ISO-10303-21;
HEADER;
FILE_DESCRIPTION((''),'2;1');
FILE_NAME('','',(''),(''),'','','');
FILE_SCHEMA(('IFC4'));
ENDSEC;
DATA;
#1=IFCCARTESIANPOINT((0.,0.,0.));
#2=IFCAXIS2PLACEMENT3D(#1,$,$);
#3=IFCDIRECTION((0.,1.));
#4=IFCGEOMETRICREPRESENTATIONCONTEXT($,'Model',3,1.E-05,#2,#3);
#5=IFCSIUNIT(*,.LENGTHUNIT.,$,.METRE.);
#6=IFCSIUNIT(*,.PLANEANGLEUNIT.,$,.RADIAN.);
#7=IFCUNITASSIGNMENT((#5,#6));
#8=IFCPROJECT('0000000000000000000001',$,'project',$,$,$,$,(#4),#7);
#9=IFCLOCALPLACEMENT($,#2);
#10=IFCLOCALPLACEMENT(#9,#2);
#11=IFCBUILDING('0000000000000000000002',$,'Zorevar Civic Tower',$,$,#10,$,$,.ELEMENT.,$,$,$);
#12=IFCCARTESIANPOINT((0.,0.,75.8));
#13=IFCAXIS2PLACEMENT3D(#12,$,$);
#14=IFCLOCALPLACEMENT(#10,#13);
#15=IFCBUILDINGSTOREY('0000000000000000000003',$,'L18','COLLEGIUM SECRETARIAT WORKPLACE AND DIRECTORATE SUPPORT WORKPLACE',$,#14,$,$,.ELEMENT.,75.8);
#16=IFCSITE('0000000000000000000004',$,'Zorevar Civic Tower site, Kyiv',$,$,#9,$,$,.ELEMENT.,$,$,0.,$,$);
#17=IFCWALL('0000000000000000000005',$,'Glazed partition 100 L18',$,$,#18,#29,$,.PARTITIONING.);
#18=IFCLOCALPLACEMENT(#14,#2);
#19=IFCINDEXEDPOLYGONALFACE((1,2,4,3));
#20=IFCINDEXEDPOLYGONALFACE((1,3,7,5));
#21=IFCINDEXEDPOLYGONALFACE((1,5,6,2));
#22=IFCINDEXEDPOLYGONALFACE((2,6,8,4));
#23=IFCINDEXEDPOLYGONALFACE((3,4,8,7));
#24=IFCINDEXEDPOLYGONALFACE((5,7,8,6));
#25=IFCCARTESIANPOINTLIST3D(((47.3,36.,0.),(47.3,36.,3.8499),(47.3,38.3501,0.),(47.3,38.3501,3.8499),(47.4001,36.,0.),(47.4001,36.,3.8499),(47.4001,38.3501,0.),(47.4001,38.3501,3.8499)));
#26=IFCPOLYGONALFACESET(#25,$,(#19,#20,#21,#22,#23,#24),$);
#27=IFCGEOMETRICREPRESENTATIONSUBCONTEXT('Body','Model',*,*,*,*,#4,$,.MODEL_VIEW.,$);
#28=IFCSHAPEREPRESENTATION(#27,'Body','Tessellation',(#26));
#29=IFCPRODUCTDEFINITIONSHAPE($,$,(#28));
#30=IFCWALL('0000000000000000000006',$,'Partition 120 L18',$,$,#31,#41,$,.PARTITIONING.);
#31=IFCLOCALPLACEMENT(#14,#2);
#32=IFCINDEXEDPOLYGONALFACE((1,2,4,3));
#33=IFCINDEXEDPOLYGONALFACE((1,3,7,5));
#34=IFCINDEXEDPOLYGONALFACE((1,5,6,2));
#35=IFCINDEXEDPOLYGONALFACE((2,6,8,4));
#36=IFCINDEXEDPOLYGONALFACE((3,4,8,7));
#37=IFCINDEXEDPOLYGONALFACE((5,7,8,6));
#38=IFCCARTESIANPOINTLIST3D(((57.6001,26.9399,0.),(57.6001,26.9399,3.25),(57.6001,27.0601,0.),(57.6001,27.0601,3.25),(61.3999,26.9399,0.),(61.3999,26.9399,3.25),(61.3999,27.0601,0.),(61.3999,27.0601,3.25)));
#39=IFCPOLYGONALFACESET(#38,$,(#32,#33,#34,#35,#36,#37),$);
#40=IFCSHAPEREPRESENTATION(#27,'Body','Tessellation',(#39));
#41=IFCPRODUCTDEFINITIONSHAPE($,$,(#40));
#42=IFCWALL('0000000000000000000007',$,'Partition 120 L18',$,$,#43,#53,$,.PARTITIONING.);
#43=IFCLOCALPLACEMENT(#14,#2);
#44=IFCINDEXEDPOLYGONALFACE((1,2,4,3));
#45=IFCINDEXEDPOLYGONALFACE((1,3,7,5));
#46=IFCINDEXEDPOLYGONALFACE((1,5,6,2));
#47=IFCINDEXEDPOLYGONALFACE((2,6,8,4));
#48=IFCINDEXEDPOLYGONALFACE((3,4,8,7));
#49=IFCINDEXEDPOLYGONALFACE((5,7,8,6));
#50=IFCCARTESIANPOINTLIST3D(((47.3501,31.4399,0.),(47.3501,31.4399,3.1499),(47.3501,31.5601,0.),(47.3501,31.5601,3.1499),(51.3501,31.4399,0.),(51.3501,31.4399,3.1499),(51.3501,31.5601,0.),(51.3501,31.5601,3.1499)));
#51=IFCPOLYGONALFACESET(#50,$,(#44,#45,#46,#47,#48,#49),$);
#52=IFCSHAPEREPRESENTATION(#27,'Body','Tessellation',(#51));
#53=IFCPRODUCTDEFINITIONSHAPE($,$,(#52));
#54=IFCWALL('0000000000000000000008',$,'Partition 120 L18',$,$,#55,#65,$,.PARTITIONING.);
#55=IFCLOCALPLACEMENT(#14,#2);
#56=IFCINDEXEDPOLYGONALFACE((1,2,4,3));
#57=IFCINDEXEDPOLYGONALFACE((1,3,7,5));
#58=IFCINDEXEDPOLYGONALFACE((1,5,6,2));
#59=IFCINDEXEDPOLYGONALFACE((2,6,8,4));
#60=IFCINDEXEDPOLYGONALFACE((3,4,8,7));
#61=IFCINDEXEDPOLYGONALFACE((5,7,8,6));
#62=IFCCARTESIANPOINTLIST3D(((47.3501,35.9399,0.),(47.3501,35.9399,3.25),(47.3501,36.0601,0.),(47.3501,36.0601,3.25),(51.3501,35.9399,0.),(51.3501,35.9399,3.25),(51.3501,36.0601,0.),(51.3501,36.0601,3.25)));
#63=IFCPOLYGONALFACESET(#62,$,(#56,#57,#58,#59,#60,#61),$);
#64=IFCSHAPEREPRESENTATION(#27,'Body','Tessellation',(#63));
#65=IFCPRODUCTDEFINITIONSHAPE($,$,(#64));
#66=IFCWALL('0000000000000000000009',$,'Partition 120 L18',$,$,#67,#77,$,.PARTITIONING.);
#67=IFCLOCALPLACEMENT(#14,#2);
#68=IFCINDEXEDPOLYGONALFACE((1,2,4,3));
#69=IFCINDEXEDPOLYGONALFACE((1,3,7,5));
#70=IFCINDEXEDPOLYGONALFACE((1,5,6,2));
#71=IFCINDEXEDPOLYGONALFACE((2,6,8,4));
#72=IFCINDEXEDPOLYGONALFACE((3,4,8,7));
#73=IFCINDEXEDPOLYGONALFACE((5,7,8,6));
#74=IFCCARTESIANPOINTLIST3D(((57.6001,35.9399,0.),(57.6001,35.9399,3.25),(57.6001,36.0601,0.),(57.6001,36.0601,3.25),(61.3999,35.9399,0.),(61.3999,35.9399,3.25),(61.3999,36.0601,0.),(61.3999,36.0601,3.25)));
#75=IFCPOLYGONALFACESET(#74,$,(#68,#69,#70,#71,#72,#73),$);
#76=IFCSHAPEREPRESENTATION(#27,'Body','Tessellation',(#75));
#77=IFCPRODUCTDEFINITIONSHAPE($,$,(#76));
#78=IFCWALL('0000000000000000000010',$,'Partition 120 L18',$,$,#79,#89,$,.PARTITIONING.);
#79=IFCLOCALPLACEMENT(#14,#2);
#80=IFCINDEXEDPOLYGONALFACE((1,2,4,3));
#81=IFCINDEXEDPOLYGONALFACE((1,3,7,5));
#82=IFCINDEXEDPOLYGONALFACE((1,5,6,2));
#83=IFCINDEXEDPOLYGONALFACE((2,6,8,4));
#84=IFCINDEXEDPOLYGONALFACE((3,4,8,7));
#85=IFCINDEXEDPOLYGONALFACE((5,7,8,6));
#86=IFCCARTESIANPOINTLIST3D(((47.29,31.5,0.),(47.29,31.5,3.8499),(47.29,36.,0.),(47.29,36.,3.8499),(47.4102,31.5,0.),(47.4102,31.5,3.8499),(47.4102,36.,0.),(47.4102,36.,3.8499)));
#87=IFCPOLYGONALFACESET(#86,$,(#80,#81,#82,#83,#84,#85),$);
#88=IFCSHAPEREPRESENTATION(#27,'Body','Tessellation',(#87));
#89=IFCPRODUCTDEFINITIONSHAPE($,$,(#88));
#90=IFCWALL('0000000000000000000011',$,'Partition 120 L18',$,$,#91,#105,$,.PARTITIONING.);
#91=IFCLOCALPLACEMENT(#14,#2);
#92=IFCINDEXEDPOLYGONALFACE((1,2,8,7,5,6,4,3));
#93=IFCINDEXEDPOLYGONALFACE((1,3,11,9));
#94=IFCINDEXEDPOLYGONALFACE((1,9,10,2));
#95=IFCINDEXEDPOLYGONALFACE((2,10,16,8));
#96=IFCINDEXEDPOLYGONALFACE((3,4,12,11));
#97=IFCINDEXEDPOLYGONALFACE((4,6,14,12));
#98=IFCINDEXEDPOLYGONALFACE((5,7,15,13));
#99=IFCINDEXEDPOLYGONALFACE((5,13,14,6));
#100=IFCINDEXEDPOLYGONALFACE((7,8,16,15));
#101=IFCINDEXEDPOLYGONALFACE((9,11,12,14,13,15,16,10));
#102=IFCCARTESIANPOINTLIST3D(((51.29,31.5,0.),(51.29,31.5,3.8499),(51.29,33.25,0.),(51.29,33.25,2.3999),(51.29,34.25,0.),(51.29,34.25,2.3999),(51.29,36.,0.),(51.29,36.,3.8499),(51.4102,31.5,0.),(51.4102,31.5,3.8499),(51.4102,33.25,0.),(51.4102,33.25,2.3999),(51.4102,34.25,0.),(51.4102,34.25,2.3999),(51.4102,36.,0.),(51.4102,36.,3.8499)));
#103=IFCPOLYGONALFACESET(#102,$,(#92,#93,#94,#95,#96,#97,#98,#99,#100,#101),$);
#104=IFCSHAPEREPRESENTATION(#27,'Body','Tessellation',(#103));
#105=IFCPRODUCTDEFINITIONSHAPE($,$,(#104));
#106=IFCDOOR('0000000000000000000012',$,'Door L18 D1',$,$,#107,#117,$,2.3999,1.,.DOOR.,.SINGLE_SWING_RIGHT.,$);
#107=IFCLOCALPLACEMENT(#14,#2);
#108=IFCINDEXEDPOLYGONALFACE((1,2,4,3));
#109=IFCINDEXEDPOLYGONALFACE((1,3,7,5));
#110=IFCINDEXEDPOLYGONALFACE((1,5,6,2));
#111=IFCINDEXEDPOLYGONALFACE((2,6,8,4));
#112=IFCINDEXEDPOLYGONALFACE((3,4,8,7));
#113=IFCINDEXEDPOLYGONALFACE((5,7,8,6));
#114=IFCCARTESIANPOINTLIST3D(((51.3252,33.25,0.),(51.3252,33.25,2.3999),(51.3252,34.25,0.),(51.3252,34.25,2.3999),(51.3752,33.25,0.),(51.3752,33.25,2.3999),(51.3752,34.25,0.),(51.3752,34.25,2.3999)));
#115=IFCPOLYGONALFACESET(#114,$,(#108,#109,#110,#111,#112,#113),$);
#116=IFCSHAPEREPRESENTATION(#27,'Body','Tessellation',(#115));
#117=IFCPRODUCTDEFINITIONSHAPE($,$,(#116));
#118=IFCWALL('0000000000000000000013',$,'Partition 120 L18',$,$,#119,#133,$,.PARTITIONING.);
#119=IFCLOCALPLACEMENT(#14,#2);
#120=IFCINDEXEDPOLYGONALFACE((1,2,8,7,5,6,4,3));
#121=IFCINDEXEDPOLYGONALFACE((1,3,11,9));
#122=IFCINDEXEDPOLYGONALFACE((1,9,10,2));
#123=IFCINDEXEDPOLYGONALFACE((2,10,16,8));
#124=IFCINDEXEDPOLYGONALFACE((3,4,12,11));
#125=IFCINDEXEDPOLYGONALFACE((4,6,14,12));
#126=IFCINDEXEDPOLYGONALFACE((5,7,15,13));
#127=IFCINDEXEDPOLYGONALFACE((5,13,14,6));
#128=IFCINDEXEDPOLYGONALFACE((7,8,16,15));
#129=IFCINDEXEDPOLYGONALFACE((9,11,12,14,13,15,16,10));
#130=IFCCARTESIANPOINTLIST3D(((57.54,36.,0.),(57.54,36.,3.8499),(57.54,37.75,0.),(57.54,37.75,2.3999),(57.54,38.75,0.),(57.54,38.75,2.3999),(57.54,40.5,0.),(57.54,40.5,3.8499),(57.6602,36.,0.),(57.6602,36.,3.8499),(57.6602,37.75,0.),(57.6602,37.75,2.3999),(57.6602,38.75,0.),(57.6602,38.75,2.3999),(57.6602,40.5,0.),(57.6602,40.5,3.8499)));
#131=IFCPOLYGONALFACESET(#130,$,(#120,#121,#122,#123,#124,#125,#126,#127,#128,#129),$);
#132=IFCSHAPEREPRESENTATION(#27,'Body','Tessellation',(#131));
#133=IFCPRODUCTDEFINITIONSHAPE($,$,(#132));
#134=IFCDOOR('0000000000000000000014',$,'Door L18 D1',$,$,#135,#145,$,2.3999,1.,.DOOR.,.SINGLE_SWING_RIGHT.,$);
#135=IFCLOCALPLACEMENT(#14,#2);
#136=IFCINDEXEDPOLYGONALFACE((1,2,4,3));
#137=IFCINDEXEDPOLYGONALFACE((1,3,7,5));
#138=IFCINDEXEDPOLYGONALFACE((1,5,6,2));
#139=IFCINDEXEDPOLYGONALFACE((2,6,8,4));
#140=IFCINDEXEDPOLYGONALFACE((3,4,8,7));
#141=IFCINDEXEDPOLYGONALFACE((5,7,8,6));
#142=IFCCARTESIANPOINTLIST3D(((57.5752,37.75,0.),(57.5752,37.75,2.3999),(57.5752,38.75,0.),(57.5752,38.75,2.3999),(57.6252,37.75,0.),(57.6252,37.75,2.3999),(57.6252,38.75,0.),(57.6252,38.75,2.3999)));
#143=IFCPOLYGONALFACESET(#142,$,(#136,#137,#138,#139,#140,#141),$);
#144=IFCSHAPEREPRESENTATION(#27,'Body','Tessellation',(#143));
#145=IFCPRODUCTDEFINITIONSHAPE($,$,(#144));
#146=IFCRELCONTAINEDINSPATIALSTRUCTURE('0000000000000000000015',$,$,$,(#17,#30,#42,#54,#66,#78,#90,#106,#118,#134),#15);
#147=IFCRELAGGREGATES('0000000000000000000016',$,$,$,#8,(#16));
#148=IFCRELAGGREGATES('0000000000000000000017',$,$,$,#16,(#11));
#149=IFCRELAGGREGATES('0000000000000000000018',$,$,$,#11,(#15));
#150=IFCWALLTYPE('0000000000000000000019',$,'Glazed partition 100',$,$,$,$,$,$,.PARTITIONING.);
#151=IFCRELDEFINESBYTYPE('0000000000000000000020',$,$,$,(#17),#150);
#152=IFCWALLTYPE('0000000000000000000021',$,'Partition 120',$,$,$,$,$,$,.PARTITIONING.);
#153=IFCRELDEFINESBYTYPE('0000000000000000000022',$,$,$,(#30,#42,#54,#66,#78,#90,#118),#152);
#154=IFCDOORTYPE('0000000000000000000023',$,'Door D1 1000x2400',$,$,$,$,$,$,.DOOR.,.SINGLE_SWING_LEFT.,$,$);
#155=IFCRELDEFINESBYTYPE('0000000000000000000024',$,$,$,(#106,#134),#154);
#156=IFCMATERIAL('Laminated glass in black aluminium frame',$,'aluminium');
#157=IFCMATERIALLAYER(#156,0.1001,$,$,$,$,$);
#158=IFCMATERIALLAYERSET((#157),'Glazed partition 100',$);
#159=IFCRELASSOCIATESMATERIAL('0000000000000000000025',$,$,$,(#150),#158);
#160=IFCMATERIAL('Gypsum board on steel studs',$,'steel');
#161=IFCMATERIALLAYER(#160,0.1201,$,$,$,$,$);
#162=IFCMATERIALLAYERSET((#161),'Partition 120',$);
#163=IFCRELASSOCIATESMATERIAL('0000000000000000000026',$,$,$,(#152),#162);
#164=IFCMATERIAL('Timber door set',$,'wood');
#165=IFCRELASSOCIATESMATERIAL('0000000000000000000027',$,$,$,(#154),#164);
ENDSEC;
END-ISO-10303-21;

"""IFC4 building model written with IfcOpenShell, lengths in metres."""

from ifc_helpers import new_model, si_unit, direction, frame, frame_2d, origin, place, context, subcontext, project, spatial, rectangle, extrude, material, layer, layer_set, type_object, element, fill, save


model = new_model("IFC4")

# Units and contexts
model_context = context("Model", 3, precision=1e-05, world=origin(), true_north=direction((0.0, 1.0)))
body_context = subcontext(model_context, "Body", "Model", "MODEL_VIEW")
ifc_project = project(units=[si_unit("LENGTHUNIT", "METRE"), si_unit("PLANEANGLEUNIT", "RADIAN")], contexts=[model_context])

# Site, building, storey
site_placement = place(None, origin())
site = spatial("IfcSite", under=ifc_project, at=site_placement, Name="Zorevar Civic Tower site, Kyiv", CompositionType="ELEMENT", RefElevation=0.0)
building_placement = place(site_placement, origin())
building = spatial("IfcBuilding", under=site, at=building_placement, Name="Zorevar Civic Tower", CompositionType="ELEMENT")
storey_placement = place(building_placement, frame((0.0, 0.0, 75.8)))
storey = spatial("IfcBuildingStorey", under=building, at=storey_placement, Name="L18", Description="COLLEGIUM SECRETARIAT WORKPLACE AND DIRECTORATE SUPPORT WORKPLACE", CompositionType="ELEMENT", Elevation=75.8)

# Walls
ifc_material_1 = material(Name="Laminated glass in black aluminium frame", Category="aluminium")
ifc_layer_1 = layer(ifc_material_1, 0.1001)
ifc_layer_set_1 = layer_set([ifc_layer_1], Name="Glazed partition 100")
wall_type_1 = type_object("IfcWallType", Name="Glazed partition 100", PredefinedType="PARTITIONING", material=ifc_layer_set_1)
wall_1_placement = place(storey_placement, frame((47.3501, 36.0, 0.0), z_axis=(0.0, 0.0, 1.0), x_axis=(0.0, 1.0, 0.0)))
element("IfcWall", 1, at=wall_1_placement, inside=storey, type_object=wall_type_1, Name="Glazed partition 100 L18", PredefinedType="PARTITIONING", context=body_context, shape_type="SweptSolid", body=[
    extrude(rectangle(XDim=2.3501, YDim=0.1001, at=frame_2d((1.175, 0.0))), origin(), (0.0, 0.0, 1.0), 3.8499),
])
ifc_material_2 = material(Name="Gypsum board on steel studs", Category="steel")
ifc_layer_2 = layer(ifc_material_2, 0.1201)
ifc_layer_set_2 = layer_set([ifc_layer_2], Name="Partition 120")
wall_type_2 = type_object("IfcWallType", Name="Partition 120", PredefinedType="PARTITIONING", material=ifc_layer_set_2)
wall_2_placement = place(storey_placement, frame((57.6001, 27.0, 0.0), z_axis=(0.0, 0.0, 1.0), x_axis=(1.0, 0.0, 0.0)))
element("IfcWall", 2, at=wall_2_placement, inside=storey, type_object=wall_type_2, Name="Partition 120 L18", PredefinedType="PARTITIONING", context=body_context, shape_type="SweptSolid", body=[
    extrude(rectangle(XDim=3.7998, YDim=0.1201, at=frame_2d((1.8999, 0.0))), origin(), (0.0, 0.0, 1.0), 3.25),
])
wall_3_placement = place(storey_placement, frame((47.3501, 31.5, 0.0), z_axis=(0.0, 0.0, 1.0), x_axis=(1.0, 0.0, 0.0)))
element("IfcWall", 3, at=wall_3_placement, inside=storey, type_object=wall_type_2, Name="Partition 120 L18", PredefinedType="PARTITIONING", context=body_context, shape_type="SweptSolid", body=[
    extrude(rectangle(XDim=4.0, YDim=0.1201, at=frame_2d((2.0, 0.0))), origin(), (0.0, 0.0, 1.0), 3.1499),
])
wall_4_placement = place(storey_placement, frame((47.3501, 36.0, 0.0), z_axis=(0.0, 0.0, 1.0), x_axis=(1.0, 0.0, 0.0)))
element("IfcWall", 4, at=wall_4_placement, inside=storey, type_object=wall_type_2, Name="Partition 120 L18", PredefinedType="PARTITIONING", context=body_context, shape_type="SweptSolid", body=[
    extrude(rectangle(XDim=4.0, YDim=0.1201, at=frame_2d((2.0, 0.0))), origin(), (0.0, 0.0, 1.0), 3.25),
])
wall_5_placement = place(storey_placement, frame((57.6001, 36.0, 0.0), z_axis=(0.0, 0.0, 1.0), x_axis=(1.0, 0.0, 0.0)))
element("IfcWall", 5, at=wall_5_placement, inside=storey, type_object=wall_type_2, Name="Partition 120 L18", PredefinedType="PARTITIONING", context=body_context, shape_type="SweptSolid", body=[
    extrude(rectangle(XDim=3.7998, YDim=0.1201, at=frame_2d((1.8999, 0.0))), origin(), (0.0, 0.0, 1.0), 3.25),
])
wall_6_placement = place(storey_placement, frame((47.3501, 31.5, 0.0), z_axis=(0.0, 0.0, 1.0), x_axis=(0.0, 1.0, 0.0)))
element("IfcWall", 6, at=wall_6_placement, inside=storey, type_object=wall_type_2, Name="Partition 120 L18", PredefinedType="PARTITIONING", context=body_context, shape_type="SweptSolid", body=[
    extrude(rectangle(XDim=4.5, YDim=0.1201, at=frame_2d((2.25, 0.0))), origin(), (0.0, 0.0, 1.0), 3.8499),
])

# Walls, openings, doors
wall_7_placement = place(storey_placement, frame((51.3501, 31.5, 0.0), z_axis=(0.0, 0.0, 1.0), x_axis=(0.0, 1.0, 0.0)))
wall_7 = element("IfcWall", 7, at=wall_7_placement, inside=storey, type_object=wall_type_2, Name="Partition 120 L18", PredefinedType="PARTITIONING", context=body_context, shape_type="SweptSolid", body=[
    extrude(rectangle(XDim=4.5, YDim=0.1201, at=frame_2d((2.25, 0.0))), origin(), (0.0, 0.0, 1.0), 3.8499),
])
opening_1_placement = place(wall_7_placement, frame((1.75, 0.0, 0.0)))
opening_1 = element("IfcOpeningElement", 8, at=opening_1_placement, cuts=wall_7, PredefinedType="OPENING", context=body_context, shape_type="SweptSolid", body=[
    extrude(rectangle(XDim=1.0, YDim=2.3999, at=frame_2d((0.5, 1.2))), frame((0.0, 0.0701, 0.0), z_axis=(0.0, -1.0, 0.0), x_axis=(1.0, 0.0, 0.0)), (0.0, 0.0, 1.0), 0.1401),
])
ifc_material_3 = material(Name="Timber door set", Category="wood")
door_type = type_object("IfcDoorType", Name="Door D1 1000x2400", OperationType="SINGLE_SWING_LEFT", PredefinedType="DOOR", material=ifc_material_3)
door_1_placement = place(opening_1_placement, origin())
door_1 = element("IfcDoor", 9, at=door_1_placement, inside=storey, type_object=door_type, Name="Door L18 D1", OperationType="SINGLE_SWING_RIGHT", OverallHeight=2.3999, OverallWidth=1.0, PredefinedType="DOOR", context=body_context, shape_type="SweptSolid", body=[
    extrude(rectangle(XDim=1.0, YDim=2.3999, at=frame_2d((0.5, 1.2))), frame((0.0, 0.0249, 0.0), z_axis=(0.0, -1.0, 0.0), x_axis=(1.0, 0.0, 0.0)), (0.0, 0.0, 1.0), 0.05),
])
fill(opening_1, door_1)
wall_8_placement = place(storey_placement, frame((57.6001, 36.0, 0.0), z_axis=(0.0, 0.0, 1.0), x_axis=(0.0, 1.0, 0.0)))
wall_8 = element("IfcWall", 10, at=wall_8_placement, inside=storey, type_object=wall_type_2, Name="Partition 120 L18", PredefinedType="PARTITIONING", context=body_context, shape_type="SweptSolid", body=[
    extrude(rectangle(XDim=4.5, YDim=0.1201, at=frame_2d((2.25, 0.0))), origin(), (0.0, 0.0, 1.0), 3.8499),
])
opening_2_placement = place(wall_8_placement, frame((1.75, 0.0, 0.0)))
opening_2 = element("IfcOpeningElement", 11, at=opening_2_placement, cuts=wall_8, PredefinedType="OPENING", context=body_context, shape_type="SweptSolid", body=[
    extrude(rectangle(XDim=1.0, YDim=2.3999, at=frame_2d((0.5, 1.2))), frame((0.0, 0.0701, 0.0), z_axis=(0.0, -1.0, 0.0), x_axis=(1.0, 0.0, 0.0)), (0.0, 0.0, 1.0), 0.1401),
])
door_2_placement = place(opening_2_placement, origin())
door_2 = element("IfcDoor", 12, at=door_2_placement, inside=storey, type_object=door_type, Name="Door L18 D1", OperationType="SINGLE_SWING_RIGHT", OverallHeight=2.3999, OverallWidth=1.0, PredefinedType="DOOR", context=body_context, shape_type="SweptSolid", body=[
    extrude(rectangle(XDim=1.0, YDim=2.3999, at=frame_2d((0.5, 1.2))), frame((0.0, 0.0249, 0.0), z_axis=(0.0, -1.0, 0.0), x_axis=(1.0, 0.0, 0.0)), (0.0, 0.0, 1.0), 0.05),
])
fill(opening_2, door_2)

save(model, "model.ifc")
